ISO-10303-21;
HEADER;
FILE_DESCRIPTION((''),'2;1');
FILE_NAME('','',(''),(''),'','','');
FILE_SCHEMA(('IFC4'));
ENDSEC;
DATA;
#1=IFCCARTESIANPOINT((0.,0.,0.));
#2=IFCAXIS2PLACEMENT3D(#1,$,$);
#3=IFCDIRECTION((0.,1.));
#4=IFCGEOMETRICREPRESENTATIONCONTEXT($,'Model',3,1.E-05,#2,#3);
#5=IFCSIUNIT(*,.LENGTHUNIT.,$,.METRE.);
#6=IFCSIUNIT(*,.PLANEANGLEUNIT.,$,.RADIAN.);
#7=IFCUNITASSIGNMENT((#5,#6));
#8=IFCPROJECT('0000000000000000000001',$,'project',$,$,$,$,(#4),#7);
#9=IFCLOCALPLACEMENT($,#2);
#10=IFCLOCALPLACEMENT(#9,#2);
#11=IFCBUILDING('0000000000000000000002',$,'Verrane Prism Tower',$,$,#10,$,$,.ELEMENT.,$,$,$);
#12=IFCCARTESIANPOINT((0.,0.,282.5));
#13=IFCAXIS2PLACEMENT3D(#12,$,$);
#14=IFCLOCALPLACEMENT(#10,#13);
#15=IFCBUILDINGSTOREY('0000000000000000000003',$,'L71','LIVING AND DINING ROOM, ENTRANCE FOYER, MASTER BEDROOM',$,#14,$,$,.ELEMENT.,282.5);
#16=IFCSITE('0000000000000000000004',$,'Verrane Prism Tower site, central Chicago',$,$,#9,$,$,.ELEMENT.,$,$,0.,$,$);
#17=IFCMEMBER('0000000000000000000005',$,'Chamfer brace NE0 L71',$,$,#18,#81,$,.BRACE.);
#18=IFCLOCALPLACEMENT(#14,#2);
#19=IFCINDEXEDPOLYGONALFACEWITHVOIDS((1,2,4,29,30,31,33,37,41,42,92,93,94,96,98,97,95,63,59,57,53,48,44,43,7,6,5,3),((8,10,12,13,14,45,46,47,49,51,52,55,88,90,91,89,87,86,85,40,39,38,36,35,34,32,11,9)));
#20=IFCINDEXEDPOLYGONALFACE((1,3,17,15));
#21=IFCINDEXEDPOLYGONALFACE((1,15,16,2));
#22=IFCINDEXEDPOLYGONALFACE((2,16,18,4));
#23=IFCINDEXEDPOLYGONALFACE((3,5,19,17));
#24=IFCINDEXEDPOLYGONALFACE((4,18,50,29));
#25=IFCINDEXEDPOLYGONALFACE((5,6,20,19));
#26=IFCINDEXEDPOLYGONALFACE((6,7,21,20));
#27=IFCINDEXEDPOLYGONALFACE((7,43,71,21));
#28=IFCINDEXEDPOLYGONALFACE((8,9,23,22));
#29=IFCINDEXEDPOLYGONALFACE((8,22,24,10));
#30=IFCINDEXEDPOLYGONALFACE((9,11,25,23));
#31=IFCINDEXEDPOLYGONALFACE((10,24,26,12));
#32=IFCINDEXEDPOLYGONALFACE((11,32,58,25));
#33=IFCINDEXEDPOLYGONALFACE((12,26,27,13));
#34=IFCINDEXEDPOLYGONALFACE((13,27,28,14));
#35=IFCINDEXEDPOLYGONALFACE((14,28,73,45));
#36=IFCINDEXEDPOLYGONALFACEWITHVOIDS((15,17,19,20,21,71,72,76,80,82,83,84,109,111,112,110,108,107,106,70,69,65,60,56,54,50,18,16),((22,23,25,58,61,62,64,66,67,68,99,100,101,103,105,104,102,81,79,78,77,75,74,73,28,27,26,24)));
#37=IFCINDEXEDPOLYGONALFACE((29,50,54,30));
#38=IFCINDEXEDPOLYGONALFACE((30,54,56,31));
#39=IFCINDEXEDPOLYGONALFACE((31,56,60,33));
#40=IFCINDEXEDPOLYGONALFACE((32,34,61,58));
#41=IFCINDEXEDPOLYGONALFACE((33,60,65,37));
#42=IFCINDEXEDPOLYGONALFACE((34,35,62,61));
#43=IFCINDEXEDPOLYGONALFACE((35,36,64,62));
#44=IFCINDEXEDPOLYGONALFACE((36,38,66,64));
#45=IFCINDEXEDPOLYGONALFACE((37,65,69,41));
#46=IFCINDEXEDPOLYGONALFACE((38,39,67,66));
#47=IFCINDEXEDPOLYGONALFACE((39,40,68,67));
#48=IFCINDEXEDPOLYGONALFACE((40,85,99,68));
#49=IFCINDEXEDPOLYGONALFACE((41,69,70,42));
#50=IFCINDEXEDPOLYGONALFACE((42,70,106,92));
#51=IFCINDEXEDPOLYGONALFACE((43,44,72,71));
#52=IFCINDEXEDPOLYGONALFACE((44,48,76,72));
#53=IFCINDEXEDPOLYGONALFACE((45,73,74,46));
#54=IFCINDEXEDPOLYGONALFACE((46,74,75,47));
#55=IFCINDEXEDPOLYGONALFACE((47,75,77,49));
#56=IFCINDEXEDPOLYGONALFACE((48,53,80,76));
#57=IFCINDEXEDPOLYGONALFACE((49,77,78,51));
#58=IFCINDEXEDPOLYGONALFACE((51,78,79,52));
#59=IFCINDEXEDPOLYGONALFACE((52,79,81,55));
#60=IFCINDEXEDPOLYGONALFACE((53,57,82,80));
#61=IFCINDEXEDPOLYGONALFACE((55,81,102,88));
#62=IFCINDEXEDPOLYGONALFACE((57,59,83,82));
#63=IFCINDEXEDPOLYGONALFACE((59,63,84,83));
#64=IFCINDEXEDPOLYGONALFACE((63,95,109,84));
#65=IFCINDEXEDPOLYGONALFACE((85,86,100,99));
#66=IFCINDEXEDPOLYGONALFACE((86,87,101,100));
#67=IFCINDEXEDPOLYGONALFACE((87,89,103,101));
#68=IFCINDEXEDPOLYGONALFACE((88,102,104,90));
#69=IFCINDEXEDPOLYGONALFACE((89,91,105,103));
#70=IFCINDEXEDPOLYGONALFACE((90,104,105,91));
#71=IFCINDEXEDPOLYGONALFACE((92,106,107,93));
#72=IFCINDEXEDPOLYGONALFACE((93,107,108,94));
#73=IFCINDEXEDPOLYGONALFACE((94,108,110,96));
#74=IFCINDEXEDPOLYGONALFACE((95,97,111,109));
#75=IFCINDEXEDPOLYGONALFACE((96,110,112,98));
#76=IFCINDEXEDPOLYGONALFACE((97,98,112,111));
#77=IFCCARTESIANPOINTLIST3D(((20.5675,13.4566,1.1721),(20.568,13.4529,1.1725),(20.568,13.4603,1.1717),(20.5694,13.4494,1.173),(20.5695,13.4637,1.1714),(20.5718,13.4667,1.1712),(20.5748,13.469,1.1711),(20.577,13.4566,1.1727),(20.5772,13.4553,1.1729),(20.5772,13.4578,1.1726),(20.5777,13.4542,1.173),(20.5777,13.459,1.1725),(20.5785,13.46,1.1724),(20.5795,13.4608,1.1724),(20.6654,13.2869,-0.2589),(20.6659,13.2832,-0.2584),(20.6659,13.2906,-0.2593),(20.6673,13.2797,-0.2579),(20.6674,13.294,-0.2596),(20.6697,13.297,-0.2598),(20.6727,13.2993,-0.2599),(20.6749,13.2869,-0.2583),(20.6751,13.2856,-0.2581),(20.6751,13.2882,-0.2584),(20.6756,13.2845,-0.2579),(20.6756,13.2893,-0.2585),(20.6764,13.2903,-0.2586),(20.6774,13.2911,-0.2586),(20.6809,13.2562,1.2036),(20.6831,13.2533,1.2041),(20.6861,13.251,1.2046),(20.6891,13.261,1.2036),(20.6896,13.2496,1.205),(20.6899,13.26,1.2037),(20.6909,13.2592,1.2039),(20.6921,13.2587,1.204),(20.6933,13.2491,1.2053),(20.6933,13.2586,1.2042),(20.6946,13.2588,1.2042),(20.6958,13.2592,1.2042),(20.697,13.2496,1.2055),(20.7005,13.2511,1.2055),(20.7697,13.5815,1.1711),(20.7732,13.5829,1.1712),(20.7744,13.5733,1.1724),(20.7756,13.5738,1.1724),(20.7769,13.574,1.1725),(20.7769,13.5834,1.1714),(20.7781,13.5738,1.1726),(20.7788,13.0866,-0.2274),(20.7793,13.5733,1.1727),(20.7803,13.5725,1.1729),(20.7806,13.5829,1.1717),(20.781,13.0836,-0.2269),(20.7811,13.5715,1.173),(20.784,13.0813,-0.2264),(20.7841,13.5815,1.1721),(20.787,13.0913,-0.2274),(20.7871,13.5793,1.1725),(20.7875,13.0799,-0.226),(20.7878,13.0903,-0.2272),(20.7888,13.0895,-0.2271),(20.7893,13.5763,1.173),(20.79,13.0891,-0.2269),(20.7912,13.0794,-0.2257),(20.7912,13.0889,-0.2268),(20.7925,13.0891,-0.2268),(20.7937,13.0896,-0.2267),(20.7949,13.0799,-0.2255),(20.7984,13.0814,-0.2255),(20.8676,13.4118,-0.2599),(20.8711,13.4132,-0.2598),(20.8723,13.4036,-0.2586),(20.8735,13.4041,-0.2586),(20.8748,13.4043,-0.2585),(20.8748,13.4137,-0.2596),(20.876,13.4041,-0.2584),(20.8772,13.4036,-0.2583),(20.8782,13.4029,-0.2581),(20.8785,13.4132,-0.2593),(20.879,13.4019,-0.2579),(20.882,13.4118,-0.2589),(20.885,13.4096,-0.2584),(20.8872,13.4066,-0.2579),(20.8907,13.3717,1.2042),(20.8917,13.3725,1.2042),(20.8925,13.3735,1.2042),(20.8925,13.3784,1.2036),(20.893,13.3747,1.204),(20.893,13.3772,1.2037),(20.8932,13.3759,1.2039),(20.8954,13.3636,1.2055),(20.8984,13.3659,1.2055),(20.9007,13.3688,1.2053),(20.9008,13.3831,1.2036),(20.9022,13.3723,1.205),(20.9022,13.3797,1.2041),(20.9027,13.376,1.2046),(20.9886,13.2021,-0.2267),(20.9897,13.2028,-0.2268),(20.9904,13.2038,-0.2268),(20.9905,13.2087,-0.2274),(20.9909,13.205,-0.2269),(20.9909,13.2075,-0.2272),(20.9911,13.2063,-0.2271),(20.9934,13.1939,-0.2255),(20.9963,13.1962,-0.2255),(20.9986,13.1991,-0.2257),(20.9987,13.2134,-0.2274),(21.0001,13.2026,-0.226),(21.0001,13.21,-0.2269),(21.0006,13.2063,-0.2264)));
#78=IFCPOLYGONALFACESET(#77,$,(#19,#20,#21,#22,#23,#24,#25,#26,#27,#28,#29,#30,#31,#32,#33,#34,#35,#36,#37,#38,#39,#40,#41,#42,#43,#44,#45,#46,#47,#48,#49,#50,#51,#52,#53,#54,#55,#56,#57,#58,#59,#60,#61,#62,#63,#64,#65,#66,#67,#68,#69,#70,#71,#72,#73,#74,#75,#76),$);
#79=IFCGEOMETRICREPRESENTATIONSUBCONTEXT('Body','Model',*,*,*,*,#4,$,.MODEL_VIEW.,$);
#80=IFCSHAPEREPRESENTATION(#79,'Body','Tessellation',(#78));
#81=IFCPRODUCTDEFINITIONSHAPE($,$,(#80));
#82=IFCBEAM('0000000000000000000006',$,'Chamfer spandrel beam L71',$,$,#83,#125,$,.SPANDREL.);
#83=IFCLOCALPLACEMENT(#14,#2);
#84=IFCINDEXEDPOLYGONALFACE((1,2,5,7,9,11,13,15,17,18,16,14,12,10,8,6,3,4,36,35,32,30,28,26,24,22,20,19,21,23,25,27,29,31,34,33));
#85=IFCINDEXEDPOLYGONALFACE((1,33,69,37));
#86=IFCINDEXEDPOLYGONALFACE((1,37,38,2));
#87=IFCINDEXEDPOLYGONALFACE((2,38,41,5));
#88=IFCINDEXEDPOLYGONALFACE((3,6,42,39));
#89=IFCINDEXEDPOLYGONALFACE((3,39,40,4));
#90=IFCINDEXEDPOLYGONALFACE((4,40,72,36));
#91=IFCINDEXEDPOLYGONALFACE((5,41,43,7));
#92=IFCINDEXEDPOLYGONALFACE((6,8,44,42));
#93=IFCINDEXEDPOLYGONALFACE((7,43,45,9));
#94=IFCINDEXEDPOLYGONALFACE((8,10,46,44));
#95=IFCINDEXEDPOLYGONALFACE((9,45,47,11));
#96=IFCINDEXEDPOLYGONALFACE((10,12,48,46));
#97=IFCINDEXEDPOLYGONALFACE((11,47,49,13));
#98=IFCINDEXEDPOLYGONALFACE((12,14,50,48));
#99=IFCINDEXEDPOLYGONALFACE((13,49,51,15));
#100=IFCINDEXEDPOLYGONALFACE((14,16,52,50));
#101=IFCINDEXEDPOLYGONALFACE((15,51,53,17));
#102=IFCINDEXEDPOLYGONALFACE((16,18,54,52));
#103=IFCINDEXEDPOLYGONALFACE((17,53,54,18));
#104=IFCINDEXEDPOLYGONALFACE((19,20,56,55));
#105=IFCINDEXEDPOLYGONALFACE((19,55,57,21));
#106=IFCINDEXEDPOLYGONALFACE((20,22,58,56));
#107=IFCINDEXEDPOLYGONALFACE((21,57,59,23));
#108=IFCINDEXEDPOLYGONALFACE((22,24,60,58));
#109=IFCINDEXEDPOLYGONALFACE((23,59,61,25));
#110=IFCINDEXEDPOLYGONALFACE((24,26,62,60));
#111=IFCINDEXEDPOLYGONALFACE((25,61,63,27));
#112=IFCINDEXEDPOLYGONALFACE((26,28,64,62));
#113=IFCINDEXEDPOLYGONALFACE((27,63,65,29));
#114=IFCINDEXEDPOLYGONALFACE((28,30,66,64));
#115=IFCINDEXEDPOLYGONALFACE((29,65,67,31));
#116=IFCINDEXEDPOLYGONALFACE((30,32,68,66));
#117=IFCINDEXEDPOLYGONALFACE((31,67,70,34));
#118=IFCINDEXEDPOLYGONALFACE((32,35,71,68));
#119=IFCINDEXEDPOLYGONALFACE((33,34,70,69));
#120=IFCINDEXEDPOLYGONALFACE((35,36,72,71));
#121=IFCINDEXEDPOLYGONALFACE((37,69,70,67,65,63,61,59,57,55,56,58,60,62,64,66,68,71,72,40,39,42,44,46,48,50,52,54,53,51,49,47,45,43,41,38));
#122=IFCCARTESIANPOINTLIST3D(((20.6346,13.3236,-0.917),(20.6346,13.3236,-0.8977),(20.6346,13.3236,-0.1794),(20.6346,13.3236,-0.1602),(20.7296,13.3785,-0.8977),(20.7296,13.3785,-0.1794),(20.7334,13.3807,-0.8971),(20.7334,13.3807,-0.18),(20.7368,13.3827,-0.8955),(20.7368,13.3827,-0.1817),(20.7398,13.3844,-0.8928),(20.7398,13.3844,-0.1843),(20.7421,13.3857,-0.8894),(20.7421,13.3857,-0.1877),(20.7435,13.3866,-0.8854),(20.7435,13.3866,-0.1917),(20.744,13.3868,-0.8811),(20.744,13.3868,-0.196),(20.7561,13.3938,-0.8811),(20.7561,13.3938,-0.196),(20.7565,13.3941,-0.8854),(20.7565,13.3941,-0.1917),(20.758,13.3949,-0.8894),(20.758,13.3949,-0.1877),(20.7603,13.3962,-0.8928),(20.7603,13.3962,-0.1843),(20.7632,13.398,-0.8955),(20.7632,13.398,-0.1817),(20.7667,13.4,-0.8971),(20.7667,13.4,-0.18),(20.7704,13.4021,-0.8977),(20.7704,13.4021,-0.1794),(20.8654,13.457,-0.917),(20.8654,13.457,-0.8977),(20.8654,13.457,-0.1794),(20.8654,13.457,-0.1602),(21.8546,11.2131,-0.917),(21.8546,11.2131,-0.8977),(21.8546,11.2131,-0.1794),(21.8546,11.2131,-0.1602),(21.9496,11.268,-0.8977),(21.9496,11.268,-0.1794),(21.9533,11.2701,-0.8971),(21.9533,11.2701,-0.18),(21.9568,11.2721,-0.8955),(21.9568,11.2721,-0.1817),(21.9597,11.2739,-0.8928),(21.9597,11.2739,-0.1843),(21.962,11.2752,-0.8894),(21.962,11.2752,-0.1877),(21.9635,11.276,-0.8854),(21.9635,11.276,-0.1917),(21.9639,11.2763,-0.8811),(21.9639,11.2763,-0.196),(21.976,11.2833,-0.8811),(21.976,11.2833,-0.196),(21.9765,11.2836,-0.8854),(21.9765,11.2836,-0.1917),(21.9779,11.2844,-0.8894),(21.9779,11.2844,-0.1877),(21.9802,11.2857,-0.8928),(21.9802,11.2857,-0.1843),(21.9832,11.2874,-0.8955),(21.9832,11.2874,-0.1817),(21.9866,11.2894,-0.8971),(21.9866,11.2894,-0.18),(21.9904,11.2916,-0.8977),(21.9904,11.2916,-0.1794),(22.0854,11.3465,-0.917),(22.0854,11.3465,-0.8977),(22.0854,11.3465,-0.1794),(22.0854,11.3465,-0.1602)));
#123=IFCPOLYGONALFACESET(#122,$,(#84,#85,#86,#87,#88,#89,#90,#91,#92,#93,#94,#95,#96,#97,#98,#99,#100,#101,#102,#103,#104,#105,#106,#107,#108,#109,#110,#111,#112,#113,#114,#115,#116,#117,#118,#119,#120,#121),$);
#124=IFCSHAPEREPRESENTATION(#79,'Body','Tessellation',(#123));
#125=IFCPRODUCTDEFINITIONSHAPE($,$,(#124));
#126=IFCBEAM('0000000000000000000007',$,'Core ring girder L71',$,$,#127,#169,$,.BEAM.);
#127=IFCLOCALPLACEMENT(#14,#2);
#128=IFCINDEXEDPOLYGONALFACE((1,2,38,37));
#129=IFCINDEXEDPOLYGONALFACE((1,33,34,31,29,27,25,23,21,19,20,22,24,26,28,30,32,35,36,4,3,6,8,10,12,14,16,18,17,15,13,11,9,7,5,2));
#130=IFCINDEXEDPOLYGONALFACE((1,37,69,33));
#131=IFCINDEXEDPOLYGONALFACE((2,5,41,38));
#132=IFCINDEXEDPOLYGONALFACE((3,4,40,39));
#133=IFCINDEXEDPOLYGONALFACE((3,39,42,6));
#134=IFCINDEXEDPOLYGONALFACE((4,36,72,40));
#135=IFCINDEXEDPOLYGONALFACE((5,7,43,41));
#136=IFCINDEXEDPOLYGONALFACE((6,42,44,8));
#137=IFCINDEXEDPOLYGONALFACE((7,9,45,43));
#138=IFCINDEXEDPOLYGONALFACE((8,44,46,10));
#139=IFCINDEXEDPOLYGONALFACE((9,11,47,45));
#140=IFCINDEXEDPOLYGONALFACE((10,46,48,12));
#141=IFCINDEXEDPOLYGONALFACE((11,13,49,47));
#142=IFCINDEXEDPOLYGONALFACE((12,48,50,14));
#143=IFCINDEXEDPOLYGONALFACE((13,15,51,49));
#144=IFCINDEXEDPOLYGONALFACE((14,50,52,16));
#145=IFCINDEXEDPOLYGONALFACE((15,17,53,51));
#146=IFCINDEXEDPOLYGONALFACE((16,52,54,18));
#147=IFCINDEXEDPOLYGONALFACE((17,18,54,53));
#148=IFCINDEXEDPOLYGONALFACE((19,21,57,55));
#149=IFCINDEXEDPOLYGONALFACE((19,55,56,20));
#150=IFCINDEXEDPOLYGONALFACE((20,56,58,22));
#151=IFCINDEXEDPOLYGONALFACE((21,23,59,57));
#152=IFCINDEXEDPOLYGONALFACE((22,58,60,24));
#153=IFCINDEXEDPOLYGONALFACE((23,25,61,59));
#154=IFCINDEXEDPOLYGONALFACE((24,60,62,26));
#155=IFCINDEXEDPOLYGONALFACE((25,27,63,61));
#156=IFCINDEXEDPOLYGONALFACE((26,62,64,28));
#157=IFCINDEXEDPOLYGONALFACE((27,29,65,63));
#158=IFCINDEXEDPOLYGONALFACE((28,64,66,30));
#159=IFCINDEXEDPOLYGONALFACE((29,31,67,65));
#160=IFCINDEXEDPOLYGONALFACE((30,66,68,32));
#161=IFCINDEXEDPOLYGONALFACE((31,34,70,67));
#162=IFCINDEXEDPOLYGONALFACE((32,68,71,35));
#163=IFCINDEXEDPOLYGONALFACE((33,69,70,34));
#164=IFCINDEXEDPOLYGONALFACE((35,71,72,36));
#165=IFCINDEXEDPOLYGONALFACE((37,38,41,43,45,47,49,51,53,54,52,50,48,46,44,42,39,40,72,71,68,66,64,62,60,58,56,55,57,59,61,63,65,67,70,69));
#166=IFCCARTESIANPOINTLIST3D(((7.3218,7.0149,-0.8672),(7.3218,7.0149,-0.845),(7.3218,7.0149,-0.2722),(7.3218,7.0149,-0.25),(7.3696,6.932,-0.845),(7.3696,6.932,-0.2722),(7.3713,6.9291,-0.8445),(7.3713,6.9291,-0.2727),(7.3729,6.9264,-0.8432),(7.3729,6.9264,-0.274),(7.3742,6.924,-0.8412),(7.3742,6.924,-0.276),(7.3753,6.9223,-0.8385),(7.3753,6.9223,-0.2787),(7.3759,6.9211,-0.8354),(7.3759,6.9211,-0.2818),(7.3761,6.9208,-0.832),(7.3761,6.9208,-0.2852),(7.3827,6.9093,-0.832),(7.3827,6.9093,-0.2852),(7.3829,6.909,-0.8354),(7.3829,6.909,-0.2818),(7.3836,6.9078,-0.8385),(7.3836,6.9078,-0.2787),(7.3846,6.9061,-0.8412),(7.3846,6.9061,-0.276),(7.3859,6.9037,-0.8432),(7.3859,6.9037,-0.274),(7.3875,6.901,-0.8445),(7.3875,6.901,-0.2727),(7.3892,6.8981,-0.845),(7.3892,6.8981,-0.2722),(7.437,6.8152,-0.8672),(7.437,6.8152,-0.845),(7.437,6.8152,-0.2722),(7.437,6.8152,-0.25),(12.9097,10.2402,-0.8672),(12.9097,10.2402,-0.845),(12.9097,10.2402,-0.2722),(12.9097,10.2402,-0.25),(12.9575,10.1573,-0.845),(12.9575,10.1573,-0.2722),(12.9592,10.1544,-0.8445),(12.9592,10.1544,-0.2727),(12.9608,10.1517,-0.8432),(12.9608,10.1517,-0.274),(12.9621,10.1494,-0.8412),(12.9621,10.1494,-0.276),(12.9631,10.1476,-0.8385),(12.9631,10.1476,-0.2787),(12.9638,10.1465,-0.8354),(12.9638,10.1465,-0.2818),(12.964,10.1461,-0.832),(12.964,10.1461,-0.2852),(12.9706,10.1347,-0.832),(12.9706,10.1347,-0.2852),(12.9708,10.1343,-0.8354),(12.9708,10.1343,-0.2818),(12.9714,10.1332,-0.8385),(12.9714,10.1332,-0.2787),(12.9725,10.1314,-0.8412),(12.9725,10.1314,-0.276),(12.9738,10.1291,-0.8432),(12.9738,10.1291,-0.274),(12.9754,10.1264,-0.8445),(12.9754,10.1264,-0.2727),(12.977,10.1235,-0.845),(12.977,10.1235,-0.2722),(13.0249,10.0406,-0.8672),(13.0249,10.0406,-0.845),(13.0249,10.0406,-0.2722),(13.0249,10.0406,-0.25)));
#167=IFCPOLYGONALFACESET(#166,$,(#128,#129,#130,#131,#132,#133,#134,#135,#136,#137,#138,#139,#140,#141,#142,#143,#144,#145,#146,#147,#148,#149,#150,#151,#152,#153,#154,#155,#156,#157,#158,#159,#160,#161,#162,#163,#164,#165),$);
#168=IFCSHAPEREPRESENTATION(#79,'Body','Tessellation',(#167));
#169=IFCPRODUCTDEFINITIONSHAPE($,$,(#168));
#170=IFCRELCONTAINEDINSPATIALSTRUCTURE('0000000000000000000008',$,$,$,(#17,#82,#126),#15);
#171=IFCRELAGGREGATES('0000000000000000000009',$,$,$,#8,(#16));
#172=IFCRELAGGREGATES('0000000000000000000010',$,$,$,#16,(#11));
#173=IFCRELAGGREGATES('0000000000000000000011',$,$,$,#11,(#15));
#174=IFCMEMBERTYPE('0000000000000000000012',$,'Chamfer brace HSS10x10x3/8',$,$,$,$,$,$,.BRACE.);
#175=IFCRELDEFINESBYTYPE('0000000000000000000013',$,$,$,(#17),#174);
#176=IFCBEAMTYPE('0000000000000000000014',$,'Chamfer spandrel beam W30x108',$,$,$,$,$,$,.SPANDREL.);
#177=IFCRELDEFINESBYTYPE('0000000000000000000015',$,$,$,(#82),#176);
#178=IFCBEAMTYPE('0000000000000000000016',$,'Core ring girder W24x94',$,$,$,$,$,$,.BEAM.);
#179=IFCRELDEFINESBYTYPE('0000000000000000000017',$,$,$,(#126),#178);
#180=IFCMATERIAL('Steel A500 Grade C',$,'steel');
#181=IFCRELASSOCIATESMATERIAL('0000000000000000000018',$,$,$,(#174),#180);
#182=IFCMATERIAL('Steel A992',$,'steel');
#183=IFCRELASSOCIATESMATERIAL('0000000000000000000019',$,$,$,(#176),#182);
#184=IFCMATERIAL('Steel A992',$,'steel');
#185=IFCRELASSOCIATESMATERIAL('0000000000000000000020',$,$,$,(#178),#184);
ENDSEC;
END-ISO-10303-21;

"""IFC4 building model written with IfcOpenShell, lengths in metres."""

from ifc_helpers import new_model, si_unit, direction, frame, origin, origin_2d, place, context, subcontext, project, spatial, hollow_rectangle, i_section, extrude, material, material_profile, profile_set, type_object, element, save


model = new_model("IFC4")

# Units and contexts
model_context = context("Model", 3, precision=1e-05, world=origin(), true_north=direction((0.0, 1.0)))
body_context = subcontext(model_context, "Body", "Model", "MODEL_VIEW")
ifc_project = project(units=[si_unit("LENGTHUNIT", "METRE"), si_unit("PLANEANGLEUNIT", "RADIAN")], contexts=[model_context])

# Site, building, storey
site_placement = place(None, origin())
site = spatial("IfcSite", under=ifc_project, at=site_placement, Name="Verrane Prism Tower site, central Chicago", CompositionType="ELEMENT", RefElevation=0.0)
building_placement = place(site_placement, origin())
building = spatial("IfcBuilding", under=site, at=building_placement, Name="Verrane Prism Tower", CompositionType="ELEMENT")
storey_placement = place(building_placement, frame((0.0, 0.0, 282.5)))
storey = spatial("IfcBuildingStorey", under=building, at=storey_placement, Name="L71", Description="LIVING AND DINING ROOM, ENTRANCE FOYER, MASTER BEDROOM", CompositionType="ELEMENT", Elevation=282.5)

# Member
ifc_material_1 = material(Name="Steel A500 Grade C", Category="steel")
ifc_material_profile_1 = material_profile(ifc_material_1, hollow_rectangle(XDim=0.2539, YDim=0.2539, WallThickness=0.0095, InnerFilletRadius=0.0049, OuterFilletRadius=0.0144, at=origin_2d()), Name="HSS10x10x3/8")
ifc_profile_set_1 = profile_set([ifc_material_profile_1], Name="Steel A500 Grade C")
member_type_1 = type_object("IfcMemberType", Name="Chamfer brace HSS10x10x3/8", PredefinedType="BRACE", material=ifc_profile_set_1)
member_1_placement = place(storey_placement, frame((20.833, 13.2466, -0.2427), z_axis=(-0.067786, 0.117485, 0.990759), x_axis=(-0.866165, -0.499758, 0.0)))
element("IfcMember", 1, at=member_1_placement, inside=storey, type_object=member_type_1, Name="Chamfer brace NE0 L71", PredefinedType="BRACE", context=body_context, shape_type="SweptSolid", body=[
    extrude(hollow_rectangle(XDim=0.2539, YDim=0.2539, WallThickness=0.0095, InnerFilletRadius=0.0049, OuterFilletRadius=0.0144, at=origin_2d()), origin(), (0.0, 0.0, 1.0), 1.4443),
])

# Beams
ifc_material_2 = material(Name="Steel A992", Category="steel")
ifc_material_profile_2 = material_profile(ifc_material_2, i_section(OverallWidth=0.2666, OverallDepth=0.7568, WebThickness=0.0139, FlangeThickness=0.0193, FilletRadius=0.0166, at=origin_2d()), Name="W30x108")
ifc_profile_set_2 = profile_set([ifc_material_profile_2], Name="Steel A992")
beam_type_1 = type_object("IfcBeamType", Name="Chamfer spandrel beam W30x108", PredefinedType="SPANDREL", material=ifc_profile_set_2)
beam_1_placement = place(storey_placement, frame((21.97, 11.2798, -0.5386), z_axis=(-0.500436, 0.865773, 0.0), x_axis=(-0.865773, -0.500436, 0.0)))
element("IfcBeam", 2, at=beam_1_placement, inside=storey, type_object=beam_type_1, Name="Chamfer spandrel beam L71", PredefinedType="SPANDREL", context=body_context, shape_type="SweptSolid", body=[
    extrude(i_section(OverallWidth=0.2666, OverallDepth=0.7568, WebThickness=0.0139, FlangeThickness=0.0193, FilletRadius=0.0166, at=origin_2d()), origin(), (0.0, 0.0, 1.0), 2.4377),
])
ifc_material_3 = material(Name="Steel A992", Category="steel")
ifc_material_profile_3 = material_profile(ifc_material_3, i_section(OverallWidth=0.2305, OverallDepth=0.6172, WebThickness=0.0132, FlangeThickness=0.0222, FilletRadius=0.0129, at=origin_2d()), Name="W24x94")
ifc_profile_set_3 = profile_set([ifc_material_profile_3], Name="Steel A992")
beam_type_2 = type_object("IfcBeamType", Name="Core ring girder W24x94", PredefinedType="BEAM", material=ifc_profile_set_3)
beam_2_placement = place(storey_placement, frame((12.9673, 10.1404, -0.5586), z_axis=(-0.866081, -0.499904, 0.0), x_axis=(0.499904, -0.866081, 0.0)))
element("IfcBeam", 3, at=beam_2_placement, inside=storey, type_object=beam_type_2, Name="Core ring girder L71", PredefinedType="BEAM", context=body_context, shape_type="SweptSolid", body=[
    extrude(i_section(OverallWidth=0.2305, OverallDepth=0.6172, WebThickness=0.0132, FlangeThickness=0.0222, FilletRadius=0.0129, at=origin_2d()), origin(), (0.0, 0.0, 1.0), 6.4519),
])

save(model, "model.ifc")
